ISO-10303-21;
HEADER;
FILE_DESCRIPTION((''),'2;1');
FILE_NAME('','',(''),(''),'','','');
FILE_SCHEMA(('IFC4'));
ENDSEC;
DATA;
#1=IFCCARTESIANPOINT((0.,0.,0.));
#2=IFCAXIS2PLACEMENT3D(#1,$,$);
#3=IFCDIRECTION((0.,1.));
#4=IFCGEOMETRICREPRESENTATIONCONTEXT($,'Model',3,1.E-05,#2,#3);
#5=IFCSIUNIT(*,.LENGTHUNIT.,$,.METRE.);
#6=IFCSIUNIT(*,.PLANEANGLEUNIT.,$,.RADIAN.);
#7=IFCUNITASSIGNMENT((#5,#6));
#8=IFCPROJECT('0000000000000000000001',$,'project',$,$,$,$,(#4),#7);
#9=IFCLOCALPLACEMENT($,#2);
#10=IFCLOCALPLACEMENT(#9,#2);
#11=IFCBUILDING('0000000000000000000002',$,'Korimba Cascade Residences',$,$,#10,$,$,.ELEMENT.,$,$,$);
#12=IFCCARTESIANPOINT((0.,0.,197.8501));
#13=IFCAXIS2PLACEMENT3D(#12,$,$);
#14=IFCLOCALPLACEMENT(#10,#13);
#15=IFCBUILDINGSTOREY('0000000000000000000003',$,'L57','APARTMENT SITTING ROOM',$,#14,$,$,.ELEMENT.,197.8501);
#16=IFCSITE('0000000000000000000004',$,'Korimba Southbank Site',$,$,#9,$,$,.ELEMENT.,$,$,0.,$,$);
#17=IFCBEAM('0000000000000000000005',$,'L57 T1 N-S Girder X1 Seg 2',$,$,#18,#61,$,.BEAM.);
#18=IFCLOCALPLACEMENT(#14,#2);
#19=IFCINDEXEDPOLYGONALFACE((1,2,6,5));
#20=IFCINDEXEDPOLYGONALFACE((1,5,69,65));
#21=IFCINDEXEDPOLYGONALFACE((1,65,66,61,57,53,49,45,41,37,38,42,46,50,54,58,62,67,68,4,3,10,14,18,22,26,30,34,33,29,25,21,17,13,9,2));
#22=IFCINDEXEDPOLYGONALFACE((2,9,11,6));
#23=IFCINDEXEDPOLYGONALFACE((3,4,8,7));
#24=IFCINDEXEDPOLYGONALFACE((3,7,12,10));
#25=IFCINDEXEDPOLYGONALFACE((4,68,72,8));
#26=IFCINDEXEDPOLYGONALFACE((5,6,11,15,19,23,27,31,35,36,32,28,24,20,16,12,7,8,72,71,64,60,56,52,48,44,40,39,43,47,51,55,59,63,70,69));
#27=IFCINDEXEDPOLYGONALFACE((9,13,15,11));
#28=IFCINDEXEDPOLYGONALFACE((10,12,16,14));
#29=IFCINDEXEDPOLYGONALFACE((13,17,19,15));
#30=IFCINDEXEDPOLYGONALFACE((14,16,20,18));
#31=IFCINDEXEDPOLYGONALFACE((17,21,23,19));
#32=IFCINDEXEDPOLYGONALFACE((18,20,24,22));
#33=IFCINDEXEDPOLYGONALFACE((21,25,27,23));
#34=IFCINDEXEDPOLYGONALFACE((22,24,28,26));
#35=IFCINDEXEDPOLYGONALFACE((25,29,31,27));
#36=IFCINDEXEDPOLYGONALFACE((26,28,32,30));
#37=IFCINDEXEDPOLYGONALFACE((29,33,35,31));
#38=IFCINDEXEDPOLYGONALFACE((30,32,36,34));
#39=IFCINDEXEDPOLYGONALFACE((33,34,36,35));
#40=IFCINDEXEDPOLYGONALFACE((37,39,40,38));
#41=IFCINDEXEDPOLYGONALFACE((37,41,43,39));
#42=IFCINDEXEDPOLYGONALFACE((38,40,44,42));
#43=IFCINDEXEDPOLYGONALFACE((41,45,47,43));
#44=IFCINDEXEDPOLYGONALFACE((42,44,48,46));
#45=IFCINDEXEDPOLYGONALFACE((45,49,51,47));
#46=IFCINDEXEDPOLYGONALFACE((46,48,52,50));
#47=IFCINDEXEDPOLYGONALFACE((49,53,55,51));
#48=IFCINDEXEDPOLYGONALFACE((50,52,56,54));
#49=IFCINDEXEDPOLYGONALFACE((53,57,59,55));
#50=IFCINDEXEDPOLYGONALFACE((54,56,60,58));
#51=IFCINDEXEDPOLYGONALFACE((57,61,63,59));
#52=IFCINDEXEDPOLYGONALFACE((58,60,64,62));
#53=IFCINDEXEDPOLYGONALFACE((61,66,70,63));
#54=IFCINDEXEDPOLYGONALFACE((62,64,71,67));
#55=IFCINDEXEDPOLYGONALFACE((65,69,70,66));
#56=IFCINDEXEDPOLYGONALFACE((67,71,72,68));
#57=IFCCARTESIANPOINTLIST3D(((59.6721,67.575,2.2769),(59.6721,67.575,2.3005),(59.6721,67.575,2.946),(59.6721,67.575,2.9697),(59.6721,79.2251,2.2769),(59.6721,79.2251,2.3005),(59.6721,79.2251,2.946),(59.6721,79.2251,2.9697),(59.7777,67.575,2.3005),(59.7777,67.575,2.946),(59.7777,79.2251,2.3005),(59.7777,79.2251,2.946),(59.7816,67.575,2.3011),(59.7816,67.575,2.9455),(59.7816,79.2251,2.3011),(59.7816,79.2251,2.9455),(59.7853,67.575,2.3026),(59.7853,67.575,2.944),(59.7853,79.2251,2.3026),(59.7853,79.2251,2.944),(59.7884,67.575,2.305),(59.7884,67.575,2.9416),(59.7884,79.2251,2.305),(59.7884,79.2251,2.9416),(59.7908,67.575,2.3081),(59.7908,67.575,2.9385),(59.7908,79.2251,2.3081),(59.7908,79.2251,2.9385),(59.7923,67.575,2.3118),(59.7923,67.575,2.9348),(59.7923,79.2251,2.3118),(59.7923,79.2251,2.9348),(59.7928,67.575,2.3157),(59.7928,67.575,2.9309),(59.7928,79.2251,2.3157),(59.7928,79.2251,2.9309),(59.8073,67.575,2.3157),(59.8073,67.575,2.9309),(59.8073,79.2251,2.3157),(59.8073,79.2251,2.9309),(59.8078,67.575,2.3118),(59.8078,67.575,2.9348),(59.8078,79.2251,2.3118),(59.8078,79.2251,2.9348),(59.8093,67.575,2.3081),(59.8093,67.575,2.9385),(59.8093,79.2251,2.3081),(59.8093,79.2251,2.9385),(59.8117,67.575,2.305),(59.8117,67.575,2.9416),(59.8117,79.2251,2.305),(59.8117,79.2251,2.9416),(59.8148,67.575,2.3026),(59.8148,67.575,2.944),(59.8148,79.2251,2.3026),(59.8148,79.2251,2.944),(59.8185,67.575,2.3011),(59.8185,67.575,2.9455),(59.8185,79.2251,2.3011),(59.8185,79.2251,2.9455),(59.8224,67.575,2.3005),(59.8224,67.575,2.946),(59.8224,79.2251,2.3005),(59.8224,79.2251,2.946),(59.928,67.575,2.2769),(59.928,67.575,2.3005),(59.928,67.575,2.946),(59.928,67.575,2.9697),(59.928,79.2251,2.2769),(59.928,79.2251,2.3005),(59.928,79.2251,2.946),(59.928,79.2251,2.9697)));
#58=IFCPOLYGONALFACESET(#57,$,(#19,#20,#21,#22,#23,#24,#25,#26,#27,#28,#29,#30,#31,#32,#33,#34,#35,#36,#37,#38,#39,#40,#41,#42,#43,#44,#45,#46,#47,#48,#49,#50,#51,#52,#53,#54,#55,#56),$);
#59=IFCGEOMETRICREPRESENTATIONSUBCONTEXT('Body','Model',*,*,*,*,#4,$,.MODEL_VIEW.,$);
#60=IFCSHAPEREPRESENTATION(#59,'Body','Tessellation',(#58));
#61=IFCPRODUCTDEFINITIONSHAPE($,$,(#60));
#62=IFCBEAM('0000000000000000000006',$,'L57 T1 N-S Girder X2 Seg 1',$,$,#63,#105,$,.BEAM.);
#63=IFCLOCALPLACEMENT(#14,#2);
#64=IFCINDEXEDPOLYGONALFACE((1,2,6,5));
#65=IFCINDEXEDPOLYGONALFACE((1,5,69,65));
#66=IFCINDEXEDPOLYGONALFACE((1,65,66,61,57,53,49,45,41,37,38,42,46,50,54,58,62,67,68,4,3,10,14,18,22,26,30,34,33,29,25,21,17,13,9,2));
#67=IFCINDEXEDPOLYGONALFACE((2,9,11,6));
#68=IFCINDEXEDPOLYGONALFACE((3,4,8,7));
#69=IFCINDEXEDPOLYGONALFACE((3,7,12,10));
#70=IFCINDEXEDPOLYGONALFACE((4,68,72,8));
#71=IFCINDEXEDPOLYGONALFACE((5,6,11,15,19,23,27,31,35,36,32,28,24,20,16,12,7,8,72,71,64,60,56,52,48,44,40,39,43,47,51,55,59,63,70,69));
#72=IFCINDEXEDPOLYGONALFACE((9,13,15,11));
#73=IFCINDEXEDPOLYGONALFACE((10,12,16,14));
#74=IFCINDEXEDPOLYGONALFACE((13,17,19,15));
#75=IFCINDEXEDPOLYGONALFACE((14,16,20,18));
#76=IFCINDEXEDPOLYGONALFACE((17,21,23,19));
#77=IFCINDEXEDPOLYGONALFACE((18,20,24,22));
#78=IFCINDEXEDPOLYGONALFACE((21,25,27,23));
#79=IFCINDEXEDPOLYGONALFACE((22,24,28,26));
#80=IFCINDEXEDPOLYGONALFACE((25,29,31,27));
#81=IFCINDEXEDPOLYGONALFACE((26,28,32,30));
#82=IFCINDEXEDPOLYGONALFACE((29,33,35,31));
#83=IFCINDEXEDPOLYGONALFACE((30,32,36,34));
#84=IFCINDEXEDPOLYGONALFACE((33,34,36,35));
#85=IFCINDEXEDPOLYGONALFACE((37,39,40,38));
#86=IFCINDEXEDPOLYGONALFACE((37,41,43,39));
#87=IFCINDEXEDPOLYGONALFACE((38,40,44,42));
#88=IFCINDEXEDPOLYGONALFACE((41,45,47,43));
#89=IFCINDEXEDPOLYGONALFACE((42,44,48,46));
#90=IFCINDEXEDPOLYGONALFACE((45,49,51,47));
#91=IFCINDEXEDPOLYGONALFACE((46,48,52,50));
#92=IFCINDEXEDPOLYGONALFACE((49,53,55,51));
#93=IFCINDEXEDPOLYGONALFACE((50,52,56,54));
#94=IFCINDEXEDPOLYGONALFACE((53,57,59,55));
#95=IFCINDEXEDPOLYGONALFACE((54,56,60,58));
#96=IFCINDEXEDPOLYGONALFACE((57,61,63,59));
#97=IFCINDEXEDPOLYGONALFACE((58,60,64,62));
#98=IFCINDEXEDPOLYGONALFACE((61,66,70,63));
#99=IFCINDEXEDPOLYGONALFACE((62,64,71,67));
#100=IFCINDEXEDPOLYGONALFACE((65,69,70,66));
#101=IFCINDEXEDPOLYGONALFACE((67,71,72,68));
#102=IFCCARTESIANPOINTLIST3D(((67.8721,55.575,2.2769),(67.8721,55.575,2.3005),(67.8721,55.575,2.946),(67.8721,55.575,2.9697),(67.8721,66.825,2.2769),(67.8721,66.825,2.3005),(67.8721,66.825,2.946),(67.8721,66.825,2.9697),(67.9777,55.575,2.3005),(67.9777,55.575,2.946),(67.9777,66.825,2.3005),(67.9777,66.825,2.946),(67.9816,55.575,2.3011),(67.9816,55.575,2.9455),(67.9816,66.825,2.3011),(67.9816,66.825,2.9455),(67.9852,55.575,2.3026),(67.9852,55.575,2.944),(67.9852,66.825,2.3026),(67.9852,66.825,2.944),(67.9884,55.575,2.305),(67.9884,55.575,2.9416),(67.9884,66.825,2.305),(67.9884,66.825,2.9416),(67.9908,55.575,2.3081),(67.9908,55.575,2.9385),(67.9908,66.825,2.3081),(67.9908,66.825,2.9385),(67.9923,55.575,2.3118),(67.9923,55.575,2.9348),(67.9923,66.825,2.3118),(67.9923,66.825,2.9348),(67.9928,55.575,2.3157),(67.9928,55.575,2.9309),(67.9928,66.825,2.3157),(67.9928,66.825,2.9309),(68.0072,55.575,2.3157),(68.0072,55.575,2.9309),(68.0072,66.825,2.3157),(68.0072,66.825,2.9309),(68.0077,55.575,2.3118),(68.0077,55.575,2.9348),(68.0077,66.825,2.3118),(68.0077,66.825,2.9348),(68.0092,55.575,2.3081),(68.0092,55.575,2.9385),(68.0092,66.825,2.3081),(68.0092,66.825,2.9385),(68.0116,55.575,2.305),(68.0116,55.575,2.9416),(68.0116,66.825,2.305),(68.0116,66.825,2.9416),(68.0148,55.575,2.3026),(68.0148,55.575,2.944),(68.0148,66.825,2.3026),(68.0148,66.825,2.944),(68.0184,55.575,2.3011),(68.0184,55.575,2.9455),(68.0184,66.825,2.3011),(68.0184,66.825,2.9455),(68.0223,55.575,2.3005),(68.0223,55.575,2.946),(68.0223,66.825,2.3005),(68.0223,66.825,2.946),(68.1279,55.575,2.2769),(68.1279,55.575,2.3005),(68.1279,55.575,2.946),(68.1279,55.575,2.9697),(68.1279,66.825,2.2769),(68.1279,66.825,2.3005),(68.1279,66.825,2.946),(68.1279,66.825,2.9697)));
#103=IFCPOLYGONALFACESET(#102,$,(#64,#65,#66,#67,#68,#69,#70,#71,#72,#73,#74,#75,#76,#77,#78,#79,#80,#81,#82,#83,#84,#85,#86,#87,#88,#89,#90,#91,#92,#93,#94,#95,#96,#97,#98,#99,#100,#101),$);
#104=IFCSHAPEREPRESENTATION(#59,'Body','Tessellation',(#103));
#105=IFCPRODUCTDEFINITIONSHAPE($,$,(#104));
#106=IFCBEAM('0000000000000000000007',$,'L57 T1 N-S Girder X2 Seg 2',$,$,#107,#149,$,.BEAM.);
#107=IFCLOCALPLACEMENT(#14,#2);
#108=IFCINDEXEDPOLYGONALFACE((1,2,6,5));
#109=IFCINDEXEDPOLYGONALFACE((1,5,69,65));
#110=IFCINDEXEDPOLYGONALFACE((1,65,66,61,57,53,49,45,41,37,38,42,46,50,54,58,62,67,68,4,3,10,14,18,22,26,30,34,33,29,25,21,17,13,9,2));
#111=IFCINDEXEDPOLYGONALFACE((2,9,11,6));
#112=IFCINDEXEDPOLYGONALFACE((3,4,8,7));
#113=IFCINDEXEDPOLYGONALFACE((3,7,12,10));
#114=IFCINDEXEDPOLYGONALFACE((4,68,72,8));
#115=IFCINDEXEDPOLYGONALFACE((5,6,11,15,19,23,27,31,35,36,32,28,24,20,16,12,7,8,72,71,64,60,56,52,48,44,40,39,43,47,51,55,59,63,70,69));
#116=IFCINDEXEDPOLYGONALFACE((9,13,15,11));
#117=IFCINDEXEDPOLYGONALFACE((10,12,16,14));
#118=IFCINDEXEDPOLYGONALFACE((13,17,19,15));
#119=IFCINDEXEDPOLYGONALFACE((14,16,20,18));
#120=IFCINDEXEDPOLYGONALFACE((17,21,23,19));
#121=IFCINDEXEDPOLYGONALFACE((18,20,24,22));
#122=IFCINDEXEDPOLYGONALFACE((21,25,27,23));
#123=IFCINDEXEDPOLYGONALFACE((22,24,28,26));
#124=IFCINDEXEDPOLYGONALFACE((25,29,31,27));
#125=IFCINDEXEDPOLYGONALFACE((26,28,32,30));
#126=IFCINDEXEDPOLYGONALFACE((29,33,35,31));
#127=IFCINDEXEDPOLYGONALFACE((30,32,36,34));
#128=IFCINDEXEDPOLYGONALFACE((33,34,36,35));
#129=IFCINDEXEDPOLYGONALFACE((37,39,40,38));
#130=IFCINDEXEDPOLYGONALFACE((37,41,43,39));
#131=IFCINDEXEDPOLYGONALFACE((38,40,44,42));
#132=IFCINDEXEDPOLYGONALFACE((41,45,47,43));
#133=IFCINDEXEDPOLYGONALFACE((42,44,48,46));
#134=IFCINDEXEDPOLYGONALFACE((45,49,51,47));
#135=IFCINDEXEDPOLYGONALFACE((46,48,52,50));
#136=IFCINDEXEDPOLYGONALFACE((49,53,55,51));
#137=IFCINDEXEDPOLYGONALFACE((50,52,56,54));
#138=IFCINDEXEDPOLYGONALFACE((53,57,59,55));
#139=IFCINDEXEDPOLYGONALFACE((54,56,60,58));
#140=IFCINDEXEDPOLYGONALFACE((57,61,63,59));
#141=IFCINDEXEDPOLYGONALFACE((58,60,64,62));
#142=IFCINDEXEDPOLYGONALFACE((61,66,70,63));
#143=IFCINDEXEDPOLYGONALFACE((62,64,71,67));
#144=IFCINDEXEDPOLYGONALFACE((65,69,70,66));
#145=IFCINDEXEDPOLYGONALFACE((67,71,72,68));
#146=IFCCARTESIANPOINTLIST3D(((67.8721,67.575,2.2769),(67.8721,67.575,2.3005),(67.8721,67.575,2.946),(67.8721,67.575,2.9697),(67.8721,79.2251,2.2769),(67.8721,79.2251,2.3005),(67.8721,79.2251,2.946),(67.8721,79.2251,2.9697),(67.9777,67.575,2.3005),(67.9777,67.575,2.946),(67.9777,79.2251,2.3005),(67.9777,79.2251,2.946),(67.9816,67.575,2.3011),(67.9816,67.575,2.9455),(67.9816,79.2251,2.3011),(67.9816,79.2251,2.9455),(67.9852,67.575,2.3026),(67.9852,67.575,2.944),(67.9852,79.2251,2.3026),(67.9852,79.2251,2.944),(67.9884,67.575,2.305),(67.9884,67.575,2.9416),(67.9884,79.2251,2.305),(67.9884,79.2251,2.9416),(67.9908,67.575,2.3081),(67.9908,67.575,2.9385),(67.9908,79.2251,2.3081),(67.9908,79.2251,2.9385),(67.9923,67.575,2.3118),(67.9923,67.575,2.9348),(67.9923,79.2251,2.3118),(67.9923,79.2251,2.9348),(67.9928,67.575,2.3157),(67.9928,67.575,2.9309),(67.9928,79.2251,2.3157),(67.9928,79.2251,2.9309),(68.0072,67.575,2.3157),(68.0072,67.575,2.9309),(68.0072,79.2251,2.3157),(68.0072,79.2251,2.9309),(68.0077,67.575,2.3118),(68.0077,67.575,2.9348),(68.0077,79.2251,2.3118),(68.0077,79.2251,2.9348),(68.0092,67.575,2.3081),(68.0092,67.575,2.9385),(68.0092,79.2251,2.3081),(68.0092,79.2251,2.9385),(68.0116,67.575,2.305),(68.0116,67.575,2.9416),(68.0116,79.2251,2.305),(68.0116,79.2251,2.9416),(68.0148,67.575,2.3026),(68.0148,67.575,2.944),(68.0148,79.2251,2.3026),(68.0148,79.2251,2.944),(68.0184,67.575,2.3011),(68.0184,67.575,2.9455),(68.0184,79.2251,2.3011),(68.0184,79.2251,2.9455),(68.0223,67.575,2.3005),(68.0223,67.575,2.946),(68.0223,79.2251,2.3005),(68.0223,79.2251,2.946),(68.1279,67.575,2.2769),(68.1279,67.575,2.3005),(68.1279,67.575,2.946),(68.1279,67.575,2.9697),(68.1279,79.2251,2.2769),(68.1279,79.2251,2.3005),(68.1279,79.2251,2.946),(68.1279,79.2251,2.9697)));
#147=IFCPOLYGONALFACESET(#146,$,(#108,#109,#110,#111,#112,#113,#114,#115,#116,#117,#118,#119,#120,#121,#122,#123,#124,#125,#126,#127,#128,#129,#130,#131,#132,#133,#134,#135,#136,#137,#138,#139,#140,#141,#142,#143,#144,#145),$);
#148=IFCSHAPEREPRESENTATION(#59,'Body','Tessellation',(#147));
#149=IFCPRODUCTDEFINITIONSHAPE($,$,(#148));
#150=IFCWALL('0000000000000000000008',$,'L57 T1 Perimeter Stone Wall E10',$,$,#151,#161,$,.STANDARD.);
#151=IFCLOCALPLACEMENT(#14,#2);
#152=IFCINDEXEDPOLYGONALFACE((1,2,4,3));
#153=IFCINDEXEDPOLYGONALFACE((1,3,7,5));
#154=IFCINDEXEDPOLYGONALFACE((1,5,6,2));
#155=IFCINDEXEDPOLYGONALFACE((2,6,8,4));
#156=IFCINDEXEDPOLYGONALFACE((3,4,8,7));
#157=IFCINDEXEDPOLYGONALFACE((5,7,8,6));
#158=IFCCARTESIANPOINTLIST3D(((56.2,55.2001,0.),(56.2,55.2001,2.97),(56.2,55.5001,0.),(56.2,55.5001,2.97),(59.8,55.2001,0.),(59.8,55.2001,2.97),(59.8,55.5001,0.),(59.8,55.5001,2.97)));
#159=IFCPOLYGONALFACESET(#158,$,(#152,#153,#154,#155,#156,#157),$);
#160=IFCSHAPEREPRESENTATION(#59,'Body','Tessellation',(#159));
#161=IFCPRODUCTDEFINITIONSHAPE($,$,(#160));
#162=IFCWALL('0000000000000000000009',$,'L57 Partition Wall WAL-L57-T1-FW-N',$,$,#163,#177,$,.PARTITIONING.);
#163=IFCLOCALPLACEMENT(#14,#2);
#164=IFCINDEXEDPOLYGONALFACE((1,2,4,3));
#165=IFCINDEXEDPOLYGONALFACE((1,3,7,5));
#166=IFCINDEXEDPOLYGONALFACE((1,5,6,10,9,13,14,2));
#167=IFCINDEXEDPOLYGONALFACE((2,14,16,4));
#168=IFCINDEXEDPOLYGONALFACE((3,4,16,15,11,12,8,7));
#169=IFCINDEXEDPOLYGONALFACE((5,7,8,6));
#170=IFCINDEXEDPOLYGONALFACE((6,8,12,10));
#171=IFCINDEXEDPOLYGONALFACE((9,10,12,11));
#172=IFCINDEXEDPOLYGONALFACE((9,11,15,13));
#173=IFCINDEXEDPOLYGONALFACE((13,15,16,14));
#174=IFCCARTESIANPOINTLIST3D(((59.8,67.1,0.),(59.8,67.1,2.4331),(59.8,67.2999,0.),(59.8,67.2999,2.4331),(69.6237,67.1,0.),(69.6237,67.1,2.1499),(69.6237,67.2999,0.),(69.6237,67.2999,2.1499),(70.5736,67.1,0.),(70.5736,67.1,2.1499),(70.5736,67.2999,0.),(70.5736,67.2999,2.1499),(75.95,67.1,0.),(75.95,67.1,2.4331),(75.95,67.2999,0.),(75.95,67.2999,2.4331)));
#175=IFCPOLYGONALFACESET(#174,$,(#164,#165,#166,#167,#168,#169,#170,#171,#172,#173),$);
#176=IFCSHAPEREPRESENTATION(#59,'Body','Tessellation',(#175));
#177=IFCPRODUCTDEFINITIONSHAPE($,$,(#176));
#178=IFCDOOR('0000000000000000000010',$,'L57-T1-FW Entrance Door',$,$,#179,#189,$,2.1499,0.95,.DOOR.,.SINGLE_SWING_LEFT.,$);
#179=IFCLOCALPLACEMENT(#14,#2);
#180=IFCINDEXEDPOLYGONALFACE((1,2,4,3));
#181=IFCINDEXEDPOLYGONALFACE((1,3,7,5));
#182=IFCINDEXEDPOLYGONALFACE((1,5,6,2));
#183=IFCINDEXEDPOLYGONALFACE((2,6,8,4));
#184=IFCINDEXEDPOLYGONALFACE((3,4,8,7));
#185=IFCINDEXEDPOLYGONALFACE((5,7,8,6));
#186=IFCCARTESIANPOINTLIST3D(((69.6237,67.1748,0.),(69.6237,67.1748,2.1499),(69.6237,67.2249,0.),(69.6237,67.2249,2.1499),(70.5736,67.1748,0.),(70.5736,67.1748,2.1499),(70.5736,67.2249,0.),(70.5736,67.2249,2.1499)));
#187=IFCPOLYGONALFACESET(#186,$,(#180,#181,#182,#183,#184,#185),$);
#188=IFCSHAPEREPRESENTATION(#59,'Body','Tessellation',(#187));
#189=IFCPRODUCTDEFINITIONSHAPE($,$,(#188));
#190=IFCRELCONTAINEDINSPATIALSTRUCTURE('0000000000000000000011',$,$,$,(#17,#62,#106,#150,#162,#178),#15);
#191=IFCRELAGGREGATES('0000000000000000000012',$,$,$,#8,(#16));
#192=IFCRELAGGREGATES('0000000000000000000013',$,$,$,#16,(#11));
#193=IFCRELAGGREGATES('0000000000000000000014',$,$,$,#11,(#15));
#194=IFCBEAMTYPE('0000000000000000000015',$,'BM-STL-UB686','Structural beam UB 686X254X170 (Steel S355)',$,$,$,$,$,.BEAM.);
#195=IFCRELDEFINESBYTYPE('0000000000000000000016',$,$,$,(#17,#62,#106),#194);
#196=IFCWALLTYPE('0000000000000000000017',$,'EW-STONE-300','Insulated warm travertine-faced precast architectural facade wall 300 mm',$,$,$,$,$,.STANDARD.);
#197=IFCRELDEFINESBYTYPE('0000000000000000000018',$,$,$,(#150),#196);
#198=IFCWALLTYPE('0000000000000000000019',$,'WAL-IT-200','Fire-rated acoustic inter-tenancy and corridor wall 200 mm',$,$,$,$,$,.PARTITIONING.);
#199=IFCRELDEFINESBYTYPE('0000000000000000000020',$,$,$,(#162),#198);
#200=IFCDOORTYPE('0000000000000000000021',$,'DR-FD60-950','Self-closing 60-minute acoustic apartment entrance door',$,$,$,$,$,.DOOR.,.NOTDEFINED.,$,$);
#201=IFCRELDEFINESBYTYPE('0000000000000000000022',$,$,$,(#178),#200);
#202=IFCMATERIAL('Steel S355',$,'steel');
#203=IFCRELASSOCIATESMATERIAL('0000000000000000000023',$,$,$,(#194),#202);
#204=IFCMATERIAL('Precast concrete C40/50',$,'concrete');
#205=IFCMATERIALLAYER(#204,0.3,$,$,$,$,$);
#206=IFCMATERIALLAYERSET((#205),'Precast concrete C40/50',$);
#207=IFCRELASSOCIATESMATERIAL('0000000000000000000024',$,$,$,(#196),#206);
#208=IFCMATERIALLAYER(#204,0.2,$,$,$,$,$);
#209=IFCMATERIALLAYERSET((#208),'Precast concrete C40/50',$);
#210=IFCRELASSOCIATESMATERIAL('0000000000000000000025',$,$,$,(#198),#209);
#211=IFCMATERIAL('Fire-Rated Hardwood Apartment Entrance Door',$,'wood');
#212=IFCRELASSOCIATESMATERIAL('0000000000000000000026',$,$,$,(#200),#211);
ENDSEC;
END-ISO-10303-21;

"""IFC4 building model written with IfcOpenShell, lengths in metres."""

from ifc_helpers import new_model, si_unit, direction, frame, frame_2d, origin, origin_2d, place, context, subcontext, project, spatial, rectangle, i_section, extrude, material, layer, layer_set, material_profile, profile_set, type_object, element, fill, save


model = new_model("IFC4")

# Units and contexts
model_context = context("Model", 3, precision=1e-05, world=origin(), true_north=direction((0.0, 1.0)))
body_context = subcontext(model_context, "Body", "Model", "MODEL_VIEW")
ifc_project = project(units=[si_unit("LENGTHUNIT", "METRE"), si_unit("PLANEANGLEUNIT", "RADIAN")], contexts=[model_context])

# Site, building, storey
site_placement = place(None, origin())
site = spatial("IfcSite", under=ifc_project, at=site_placement, Name="Korimba Southbank Site", CompositionType="ELEMENT", RefElevation=0.0)
building_placement = place(site_placement, origin())
building = spatial("IfcBuilding", under=site, at=building_placement, Name="Korimba Cascade Residences", CompositionType="ELEMENT")
storey_placement = place(building_placement, frame((0.0, 0.0, 197.8501)))
storey = spatial("IfcBuildingStorey", under=building, at=storey_placement, Name="L57", Description="APARTMENT SITTING ROOM", CompositionType="ELEMENT", Elevation=197.8501)

# Beams
ifc_material_1 = material(Name="Steel S355", Category="steel")
ifc_material_profile_1 = material_profile(ifc_material_1, i_section(OverallWidth=0.2559, OverallDepth=0.6929, WebThickness=0.0144, FlangeThickness=0.0237, FilletRadius=0.0151, at=origin_2d()), Name="Steel S355")
ifc_profile_set_1 = profile_set([ifc_material_profile_1], Name="Steel S355")
beam_type_1 = type_object("IfcBeamType", Name="BM-STL-UB686", Description="Structural beam UB 686X254X170 (Steel S355)", PredefinedType="BEAM", material=ifc_profile_set_1)
beam_1_placement = place(storey_placement, frame((59.8, 67.575, 2.6233), z_axis=(0.0, 1.0, 0.0), x_axis=(-1.0, 0.0, 0.0)))
element("IfcBeam", 1, at=beam_1_placement, inside=storey, type_object=beam_type_1, Name="L57 T1 N-S Girder X1 Seg 2", PredefinedType="BEAM", context=body_context, shape_type="SweptSolid", body=[
    extrude(i_section(OverallWidth=0.2559, OverallDepth=0.6929, WebThickness=0.0144, FlangeThickness=0.0237, FilletRadius=0.0151, at=origin_2d()), origin(), (0.0, 0.0, 1.0), 11.6501),
])
beam_2_placement = place(storey_placement, frame((68.0, 55.575, 2.6233), z_axis=(0.0, 1.0, 0.0), x_axis=(-1.0, 0.0, 0.0)))
element("IfcBeam", 2, at=beam_2_placement, inside=storey, type_object=beam_type_1, Name="L57 T1 N-S Girder X2 Seg 1", PredefinedType="BEAM", context=body_context, shape_type="SweptSolid", body=[
    extrude(i_section(OverallWidth=0.2559, OverallDepth=0.6929, WebThickness=0.0144, FlangeThickness=0.0237, FilletRadius=0.0151, at=origin_2d()), origin(), (0.0, 0.0, 1.0), 11.25),
])
beam_3_placement = place(storey_placement, frame((68.0, 67.575, 2.6233), z_axis=(0.0, 1.0, 0.0), x_axis=(-1.0, 0.0, 0.0)))
element("IfcBeam", 3, at=beam_3_placement, inside=storey, type_object=beam_type_1, Name="L57 T1 N-S Girder X2 Seg 2", PredefinedType="BEAM", context=body_context, shape_type="SweptSolid", body=[
    extrude(i_section(OverallWidth=0.2559, OverallDepth=0.6929, WebThickness=0.0144, FlangeThickness=0.0237, FilletRadius=0.0151, at=origin_2d()), origin(), (0.0, 0.0, 1.0), 11.6501),
])

# Wall
ifc_material_2 = material(Name="Precast concrete C40/50", Category="concrete")
ifc_layer_1 = layer(ifc_material_2, 0.3)
ifc_layer_set_1 = layer_set([ifc_layer_1], Name="Precast concrete C40/50")
wall_type_1 = type_object("IfcWallType", Name="EW-STONE-300", Description="Insulated warm travertine-faced precast architectural facade wall 300 mm", PredefinedType="STANDARD", material=ifc_layer_set_1)
wall_1_placement = place(storey_placement, frame((56.2, 55.3501, 0.0), z_axis=(0.0, 0.0, 1.0), x_axis=(1.0, 0.0, 0.0)))
element("IfcWall", 4, at=wall_1_placement, inside=storey, type_object=wall_type_1, Name="L57 T1 Perimeter Stone Wall E10", PredefinedType="STANDARD", context=body_context, shape_type="SweptSolid", body=[
    extrude(rectangle(XDim=3.6001, YDim=0.3, at=frame_2d((1.8, 0.0))), origin(), (0.0, 0.0, 1.0), 2.97),
])

# Wall, opening, door
ifc_layer_2 = layer(ifc_material_2, 0.2)
ifc_layer_set_2 = layer_set([ifc_layer_2], Name="Precast concrete C40/50")
wall_type_2 = type_object("IfcWallType", Name="WAL-IT-200", Description="Fire-rated acoustic inter-tenancy and corridor wall 200 mm", PredefinedType="PARTITIONING", material=ifc_layer_set_2)
wall_2_placement = place(storey_placement, frame((59.8, 67.2, 0.0), z_axis=(0.0, 0.0, 1.0), x_axis=(1.0, 0.0, 0.0)))
wall_2 = element("IfcWall", 5, at=wall_2_placement, inside=storey, type_object=wall_type_2, Name="L57 Partition Wall WAL-L57-T1-FW-N", PredefinedType="PARTITIONING", context=body_context, shape_type="SweptSolid", body=[
    extrude(rectangle(XDim=16.1499, YDim=0.2, at=frame_2d((8.075, 0.0))), origin(), (0.0, 0.0, 1.0), 2.4331),
])
opening_1_placement = place(wall_2_placement, frame((9.8235, 0.0, 0.0)))
opening_1 = element("IfcOpeningElement", 6, at=opening_1_placement, cuts=wall_2, PredefinedType="OPENING", context=body_context, shape_type="SweptSolid", body=[
    extrude(rectangle(XDim=0.95, YDim=2.1499, at=frame_2d((0.4751, 1.075))), frame((0.0, 0.1099, 0.0), z_axis=(0.0, -1.0, 0.0), x_axis=(1.0, 0.0, 0.0)), (0.0, 0.0, 1.0), 0.22),
])
ifc_material_3 = material(Name="Fire-Rated Hardwood Apartment Entrance Door", Category="wood")
door_type_1 = type_object("IfcDoorType", Name="DR-FD60-950", Description="Self-closing 60-minute acoustic apartment entrance door", OperationType="NOTDEFINED", PredefinedType="DOOR", material=ifc_material_3)
door_1_placement = place(opening_1_placement, origin())
door_1 = element("IfcDoor", 7, at=door_1_placement, inside=storey, type_object=door_type_1, Name="L57-T1-FW Entrance Door", OperationType="SINGLE_SWING_LEFT", OverallHeight=2.1499, OverallWidth=0.95, PredefinedType="DOOR", context=body_context, shape_type="SweptSolid", body=[
    extrude(rectangle(XDim=0.95, YDim=2.1499, at=frame_2d((0.4751, 1.075))), frame((0.0, 0.0249, 0.0), z_axis=(0.0, -1.0, 0.0), x_axis=(1.0, 0.0, 0.0)), (0.0, 0.0, 1.0), 0.05),
])
fill(opening_1, door_1)

save(model, "model.ifc")
